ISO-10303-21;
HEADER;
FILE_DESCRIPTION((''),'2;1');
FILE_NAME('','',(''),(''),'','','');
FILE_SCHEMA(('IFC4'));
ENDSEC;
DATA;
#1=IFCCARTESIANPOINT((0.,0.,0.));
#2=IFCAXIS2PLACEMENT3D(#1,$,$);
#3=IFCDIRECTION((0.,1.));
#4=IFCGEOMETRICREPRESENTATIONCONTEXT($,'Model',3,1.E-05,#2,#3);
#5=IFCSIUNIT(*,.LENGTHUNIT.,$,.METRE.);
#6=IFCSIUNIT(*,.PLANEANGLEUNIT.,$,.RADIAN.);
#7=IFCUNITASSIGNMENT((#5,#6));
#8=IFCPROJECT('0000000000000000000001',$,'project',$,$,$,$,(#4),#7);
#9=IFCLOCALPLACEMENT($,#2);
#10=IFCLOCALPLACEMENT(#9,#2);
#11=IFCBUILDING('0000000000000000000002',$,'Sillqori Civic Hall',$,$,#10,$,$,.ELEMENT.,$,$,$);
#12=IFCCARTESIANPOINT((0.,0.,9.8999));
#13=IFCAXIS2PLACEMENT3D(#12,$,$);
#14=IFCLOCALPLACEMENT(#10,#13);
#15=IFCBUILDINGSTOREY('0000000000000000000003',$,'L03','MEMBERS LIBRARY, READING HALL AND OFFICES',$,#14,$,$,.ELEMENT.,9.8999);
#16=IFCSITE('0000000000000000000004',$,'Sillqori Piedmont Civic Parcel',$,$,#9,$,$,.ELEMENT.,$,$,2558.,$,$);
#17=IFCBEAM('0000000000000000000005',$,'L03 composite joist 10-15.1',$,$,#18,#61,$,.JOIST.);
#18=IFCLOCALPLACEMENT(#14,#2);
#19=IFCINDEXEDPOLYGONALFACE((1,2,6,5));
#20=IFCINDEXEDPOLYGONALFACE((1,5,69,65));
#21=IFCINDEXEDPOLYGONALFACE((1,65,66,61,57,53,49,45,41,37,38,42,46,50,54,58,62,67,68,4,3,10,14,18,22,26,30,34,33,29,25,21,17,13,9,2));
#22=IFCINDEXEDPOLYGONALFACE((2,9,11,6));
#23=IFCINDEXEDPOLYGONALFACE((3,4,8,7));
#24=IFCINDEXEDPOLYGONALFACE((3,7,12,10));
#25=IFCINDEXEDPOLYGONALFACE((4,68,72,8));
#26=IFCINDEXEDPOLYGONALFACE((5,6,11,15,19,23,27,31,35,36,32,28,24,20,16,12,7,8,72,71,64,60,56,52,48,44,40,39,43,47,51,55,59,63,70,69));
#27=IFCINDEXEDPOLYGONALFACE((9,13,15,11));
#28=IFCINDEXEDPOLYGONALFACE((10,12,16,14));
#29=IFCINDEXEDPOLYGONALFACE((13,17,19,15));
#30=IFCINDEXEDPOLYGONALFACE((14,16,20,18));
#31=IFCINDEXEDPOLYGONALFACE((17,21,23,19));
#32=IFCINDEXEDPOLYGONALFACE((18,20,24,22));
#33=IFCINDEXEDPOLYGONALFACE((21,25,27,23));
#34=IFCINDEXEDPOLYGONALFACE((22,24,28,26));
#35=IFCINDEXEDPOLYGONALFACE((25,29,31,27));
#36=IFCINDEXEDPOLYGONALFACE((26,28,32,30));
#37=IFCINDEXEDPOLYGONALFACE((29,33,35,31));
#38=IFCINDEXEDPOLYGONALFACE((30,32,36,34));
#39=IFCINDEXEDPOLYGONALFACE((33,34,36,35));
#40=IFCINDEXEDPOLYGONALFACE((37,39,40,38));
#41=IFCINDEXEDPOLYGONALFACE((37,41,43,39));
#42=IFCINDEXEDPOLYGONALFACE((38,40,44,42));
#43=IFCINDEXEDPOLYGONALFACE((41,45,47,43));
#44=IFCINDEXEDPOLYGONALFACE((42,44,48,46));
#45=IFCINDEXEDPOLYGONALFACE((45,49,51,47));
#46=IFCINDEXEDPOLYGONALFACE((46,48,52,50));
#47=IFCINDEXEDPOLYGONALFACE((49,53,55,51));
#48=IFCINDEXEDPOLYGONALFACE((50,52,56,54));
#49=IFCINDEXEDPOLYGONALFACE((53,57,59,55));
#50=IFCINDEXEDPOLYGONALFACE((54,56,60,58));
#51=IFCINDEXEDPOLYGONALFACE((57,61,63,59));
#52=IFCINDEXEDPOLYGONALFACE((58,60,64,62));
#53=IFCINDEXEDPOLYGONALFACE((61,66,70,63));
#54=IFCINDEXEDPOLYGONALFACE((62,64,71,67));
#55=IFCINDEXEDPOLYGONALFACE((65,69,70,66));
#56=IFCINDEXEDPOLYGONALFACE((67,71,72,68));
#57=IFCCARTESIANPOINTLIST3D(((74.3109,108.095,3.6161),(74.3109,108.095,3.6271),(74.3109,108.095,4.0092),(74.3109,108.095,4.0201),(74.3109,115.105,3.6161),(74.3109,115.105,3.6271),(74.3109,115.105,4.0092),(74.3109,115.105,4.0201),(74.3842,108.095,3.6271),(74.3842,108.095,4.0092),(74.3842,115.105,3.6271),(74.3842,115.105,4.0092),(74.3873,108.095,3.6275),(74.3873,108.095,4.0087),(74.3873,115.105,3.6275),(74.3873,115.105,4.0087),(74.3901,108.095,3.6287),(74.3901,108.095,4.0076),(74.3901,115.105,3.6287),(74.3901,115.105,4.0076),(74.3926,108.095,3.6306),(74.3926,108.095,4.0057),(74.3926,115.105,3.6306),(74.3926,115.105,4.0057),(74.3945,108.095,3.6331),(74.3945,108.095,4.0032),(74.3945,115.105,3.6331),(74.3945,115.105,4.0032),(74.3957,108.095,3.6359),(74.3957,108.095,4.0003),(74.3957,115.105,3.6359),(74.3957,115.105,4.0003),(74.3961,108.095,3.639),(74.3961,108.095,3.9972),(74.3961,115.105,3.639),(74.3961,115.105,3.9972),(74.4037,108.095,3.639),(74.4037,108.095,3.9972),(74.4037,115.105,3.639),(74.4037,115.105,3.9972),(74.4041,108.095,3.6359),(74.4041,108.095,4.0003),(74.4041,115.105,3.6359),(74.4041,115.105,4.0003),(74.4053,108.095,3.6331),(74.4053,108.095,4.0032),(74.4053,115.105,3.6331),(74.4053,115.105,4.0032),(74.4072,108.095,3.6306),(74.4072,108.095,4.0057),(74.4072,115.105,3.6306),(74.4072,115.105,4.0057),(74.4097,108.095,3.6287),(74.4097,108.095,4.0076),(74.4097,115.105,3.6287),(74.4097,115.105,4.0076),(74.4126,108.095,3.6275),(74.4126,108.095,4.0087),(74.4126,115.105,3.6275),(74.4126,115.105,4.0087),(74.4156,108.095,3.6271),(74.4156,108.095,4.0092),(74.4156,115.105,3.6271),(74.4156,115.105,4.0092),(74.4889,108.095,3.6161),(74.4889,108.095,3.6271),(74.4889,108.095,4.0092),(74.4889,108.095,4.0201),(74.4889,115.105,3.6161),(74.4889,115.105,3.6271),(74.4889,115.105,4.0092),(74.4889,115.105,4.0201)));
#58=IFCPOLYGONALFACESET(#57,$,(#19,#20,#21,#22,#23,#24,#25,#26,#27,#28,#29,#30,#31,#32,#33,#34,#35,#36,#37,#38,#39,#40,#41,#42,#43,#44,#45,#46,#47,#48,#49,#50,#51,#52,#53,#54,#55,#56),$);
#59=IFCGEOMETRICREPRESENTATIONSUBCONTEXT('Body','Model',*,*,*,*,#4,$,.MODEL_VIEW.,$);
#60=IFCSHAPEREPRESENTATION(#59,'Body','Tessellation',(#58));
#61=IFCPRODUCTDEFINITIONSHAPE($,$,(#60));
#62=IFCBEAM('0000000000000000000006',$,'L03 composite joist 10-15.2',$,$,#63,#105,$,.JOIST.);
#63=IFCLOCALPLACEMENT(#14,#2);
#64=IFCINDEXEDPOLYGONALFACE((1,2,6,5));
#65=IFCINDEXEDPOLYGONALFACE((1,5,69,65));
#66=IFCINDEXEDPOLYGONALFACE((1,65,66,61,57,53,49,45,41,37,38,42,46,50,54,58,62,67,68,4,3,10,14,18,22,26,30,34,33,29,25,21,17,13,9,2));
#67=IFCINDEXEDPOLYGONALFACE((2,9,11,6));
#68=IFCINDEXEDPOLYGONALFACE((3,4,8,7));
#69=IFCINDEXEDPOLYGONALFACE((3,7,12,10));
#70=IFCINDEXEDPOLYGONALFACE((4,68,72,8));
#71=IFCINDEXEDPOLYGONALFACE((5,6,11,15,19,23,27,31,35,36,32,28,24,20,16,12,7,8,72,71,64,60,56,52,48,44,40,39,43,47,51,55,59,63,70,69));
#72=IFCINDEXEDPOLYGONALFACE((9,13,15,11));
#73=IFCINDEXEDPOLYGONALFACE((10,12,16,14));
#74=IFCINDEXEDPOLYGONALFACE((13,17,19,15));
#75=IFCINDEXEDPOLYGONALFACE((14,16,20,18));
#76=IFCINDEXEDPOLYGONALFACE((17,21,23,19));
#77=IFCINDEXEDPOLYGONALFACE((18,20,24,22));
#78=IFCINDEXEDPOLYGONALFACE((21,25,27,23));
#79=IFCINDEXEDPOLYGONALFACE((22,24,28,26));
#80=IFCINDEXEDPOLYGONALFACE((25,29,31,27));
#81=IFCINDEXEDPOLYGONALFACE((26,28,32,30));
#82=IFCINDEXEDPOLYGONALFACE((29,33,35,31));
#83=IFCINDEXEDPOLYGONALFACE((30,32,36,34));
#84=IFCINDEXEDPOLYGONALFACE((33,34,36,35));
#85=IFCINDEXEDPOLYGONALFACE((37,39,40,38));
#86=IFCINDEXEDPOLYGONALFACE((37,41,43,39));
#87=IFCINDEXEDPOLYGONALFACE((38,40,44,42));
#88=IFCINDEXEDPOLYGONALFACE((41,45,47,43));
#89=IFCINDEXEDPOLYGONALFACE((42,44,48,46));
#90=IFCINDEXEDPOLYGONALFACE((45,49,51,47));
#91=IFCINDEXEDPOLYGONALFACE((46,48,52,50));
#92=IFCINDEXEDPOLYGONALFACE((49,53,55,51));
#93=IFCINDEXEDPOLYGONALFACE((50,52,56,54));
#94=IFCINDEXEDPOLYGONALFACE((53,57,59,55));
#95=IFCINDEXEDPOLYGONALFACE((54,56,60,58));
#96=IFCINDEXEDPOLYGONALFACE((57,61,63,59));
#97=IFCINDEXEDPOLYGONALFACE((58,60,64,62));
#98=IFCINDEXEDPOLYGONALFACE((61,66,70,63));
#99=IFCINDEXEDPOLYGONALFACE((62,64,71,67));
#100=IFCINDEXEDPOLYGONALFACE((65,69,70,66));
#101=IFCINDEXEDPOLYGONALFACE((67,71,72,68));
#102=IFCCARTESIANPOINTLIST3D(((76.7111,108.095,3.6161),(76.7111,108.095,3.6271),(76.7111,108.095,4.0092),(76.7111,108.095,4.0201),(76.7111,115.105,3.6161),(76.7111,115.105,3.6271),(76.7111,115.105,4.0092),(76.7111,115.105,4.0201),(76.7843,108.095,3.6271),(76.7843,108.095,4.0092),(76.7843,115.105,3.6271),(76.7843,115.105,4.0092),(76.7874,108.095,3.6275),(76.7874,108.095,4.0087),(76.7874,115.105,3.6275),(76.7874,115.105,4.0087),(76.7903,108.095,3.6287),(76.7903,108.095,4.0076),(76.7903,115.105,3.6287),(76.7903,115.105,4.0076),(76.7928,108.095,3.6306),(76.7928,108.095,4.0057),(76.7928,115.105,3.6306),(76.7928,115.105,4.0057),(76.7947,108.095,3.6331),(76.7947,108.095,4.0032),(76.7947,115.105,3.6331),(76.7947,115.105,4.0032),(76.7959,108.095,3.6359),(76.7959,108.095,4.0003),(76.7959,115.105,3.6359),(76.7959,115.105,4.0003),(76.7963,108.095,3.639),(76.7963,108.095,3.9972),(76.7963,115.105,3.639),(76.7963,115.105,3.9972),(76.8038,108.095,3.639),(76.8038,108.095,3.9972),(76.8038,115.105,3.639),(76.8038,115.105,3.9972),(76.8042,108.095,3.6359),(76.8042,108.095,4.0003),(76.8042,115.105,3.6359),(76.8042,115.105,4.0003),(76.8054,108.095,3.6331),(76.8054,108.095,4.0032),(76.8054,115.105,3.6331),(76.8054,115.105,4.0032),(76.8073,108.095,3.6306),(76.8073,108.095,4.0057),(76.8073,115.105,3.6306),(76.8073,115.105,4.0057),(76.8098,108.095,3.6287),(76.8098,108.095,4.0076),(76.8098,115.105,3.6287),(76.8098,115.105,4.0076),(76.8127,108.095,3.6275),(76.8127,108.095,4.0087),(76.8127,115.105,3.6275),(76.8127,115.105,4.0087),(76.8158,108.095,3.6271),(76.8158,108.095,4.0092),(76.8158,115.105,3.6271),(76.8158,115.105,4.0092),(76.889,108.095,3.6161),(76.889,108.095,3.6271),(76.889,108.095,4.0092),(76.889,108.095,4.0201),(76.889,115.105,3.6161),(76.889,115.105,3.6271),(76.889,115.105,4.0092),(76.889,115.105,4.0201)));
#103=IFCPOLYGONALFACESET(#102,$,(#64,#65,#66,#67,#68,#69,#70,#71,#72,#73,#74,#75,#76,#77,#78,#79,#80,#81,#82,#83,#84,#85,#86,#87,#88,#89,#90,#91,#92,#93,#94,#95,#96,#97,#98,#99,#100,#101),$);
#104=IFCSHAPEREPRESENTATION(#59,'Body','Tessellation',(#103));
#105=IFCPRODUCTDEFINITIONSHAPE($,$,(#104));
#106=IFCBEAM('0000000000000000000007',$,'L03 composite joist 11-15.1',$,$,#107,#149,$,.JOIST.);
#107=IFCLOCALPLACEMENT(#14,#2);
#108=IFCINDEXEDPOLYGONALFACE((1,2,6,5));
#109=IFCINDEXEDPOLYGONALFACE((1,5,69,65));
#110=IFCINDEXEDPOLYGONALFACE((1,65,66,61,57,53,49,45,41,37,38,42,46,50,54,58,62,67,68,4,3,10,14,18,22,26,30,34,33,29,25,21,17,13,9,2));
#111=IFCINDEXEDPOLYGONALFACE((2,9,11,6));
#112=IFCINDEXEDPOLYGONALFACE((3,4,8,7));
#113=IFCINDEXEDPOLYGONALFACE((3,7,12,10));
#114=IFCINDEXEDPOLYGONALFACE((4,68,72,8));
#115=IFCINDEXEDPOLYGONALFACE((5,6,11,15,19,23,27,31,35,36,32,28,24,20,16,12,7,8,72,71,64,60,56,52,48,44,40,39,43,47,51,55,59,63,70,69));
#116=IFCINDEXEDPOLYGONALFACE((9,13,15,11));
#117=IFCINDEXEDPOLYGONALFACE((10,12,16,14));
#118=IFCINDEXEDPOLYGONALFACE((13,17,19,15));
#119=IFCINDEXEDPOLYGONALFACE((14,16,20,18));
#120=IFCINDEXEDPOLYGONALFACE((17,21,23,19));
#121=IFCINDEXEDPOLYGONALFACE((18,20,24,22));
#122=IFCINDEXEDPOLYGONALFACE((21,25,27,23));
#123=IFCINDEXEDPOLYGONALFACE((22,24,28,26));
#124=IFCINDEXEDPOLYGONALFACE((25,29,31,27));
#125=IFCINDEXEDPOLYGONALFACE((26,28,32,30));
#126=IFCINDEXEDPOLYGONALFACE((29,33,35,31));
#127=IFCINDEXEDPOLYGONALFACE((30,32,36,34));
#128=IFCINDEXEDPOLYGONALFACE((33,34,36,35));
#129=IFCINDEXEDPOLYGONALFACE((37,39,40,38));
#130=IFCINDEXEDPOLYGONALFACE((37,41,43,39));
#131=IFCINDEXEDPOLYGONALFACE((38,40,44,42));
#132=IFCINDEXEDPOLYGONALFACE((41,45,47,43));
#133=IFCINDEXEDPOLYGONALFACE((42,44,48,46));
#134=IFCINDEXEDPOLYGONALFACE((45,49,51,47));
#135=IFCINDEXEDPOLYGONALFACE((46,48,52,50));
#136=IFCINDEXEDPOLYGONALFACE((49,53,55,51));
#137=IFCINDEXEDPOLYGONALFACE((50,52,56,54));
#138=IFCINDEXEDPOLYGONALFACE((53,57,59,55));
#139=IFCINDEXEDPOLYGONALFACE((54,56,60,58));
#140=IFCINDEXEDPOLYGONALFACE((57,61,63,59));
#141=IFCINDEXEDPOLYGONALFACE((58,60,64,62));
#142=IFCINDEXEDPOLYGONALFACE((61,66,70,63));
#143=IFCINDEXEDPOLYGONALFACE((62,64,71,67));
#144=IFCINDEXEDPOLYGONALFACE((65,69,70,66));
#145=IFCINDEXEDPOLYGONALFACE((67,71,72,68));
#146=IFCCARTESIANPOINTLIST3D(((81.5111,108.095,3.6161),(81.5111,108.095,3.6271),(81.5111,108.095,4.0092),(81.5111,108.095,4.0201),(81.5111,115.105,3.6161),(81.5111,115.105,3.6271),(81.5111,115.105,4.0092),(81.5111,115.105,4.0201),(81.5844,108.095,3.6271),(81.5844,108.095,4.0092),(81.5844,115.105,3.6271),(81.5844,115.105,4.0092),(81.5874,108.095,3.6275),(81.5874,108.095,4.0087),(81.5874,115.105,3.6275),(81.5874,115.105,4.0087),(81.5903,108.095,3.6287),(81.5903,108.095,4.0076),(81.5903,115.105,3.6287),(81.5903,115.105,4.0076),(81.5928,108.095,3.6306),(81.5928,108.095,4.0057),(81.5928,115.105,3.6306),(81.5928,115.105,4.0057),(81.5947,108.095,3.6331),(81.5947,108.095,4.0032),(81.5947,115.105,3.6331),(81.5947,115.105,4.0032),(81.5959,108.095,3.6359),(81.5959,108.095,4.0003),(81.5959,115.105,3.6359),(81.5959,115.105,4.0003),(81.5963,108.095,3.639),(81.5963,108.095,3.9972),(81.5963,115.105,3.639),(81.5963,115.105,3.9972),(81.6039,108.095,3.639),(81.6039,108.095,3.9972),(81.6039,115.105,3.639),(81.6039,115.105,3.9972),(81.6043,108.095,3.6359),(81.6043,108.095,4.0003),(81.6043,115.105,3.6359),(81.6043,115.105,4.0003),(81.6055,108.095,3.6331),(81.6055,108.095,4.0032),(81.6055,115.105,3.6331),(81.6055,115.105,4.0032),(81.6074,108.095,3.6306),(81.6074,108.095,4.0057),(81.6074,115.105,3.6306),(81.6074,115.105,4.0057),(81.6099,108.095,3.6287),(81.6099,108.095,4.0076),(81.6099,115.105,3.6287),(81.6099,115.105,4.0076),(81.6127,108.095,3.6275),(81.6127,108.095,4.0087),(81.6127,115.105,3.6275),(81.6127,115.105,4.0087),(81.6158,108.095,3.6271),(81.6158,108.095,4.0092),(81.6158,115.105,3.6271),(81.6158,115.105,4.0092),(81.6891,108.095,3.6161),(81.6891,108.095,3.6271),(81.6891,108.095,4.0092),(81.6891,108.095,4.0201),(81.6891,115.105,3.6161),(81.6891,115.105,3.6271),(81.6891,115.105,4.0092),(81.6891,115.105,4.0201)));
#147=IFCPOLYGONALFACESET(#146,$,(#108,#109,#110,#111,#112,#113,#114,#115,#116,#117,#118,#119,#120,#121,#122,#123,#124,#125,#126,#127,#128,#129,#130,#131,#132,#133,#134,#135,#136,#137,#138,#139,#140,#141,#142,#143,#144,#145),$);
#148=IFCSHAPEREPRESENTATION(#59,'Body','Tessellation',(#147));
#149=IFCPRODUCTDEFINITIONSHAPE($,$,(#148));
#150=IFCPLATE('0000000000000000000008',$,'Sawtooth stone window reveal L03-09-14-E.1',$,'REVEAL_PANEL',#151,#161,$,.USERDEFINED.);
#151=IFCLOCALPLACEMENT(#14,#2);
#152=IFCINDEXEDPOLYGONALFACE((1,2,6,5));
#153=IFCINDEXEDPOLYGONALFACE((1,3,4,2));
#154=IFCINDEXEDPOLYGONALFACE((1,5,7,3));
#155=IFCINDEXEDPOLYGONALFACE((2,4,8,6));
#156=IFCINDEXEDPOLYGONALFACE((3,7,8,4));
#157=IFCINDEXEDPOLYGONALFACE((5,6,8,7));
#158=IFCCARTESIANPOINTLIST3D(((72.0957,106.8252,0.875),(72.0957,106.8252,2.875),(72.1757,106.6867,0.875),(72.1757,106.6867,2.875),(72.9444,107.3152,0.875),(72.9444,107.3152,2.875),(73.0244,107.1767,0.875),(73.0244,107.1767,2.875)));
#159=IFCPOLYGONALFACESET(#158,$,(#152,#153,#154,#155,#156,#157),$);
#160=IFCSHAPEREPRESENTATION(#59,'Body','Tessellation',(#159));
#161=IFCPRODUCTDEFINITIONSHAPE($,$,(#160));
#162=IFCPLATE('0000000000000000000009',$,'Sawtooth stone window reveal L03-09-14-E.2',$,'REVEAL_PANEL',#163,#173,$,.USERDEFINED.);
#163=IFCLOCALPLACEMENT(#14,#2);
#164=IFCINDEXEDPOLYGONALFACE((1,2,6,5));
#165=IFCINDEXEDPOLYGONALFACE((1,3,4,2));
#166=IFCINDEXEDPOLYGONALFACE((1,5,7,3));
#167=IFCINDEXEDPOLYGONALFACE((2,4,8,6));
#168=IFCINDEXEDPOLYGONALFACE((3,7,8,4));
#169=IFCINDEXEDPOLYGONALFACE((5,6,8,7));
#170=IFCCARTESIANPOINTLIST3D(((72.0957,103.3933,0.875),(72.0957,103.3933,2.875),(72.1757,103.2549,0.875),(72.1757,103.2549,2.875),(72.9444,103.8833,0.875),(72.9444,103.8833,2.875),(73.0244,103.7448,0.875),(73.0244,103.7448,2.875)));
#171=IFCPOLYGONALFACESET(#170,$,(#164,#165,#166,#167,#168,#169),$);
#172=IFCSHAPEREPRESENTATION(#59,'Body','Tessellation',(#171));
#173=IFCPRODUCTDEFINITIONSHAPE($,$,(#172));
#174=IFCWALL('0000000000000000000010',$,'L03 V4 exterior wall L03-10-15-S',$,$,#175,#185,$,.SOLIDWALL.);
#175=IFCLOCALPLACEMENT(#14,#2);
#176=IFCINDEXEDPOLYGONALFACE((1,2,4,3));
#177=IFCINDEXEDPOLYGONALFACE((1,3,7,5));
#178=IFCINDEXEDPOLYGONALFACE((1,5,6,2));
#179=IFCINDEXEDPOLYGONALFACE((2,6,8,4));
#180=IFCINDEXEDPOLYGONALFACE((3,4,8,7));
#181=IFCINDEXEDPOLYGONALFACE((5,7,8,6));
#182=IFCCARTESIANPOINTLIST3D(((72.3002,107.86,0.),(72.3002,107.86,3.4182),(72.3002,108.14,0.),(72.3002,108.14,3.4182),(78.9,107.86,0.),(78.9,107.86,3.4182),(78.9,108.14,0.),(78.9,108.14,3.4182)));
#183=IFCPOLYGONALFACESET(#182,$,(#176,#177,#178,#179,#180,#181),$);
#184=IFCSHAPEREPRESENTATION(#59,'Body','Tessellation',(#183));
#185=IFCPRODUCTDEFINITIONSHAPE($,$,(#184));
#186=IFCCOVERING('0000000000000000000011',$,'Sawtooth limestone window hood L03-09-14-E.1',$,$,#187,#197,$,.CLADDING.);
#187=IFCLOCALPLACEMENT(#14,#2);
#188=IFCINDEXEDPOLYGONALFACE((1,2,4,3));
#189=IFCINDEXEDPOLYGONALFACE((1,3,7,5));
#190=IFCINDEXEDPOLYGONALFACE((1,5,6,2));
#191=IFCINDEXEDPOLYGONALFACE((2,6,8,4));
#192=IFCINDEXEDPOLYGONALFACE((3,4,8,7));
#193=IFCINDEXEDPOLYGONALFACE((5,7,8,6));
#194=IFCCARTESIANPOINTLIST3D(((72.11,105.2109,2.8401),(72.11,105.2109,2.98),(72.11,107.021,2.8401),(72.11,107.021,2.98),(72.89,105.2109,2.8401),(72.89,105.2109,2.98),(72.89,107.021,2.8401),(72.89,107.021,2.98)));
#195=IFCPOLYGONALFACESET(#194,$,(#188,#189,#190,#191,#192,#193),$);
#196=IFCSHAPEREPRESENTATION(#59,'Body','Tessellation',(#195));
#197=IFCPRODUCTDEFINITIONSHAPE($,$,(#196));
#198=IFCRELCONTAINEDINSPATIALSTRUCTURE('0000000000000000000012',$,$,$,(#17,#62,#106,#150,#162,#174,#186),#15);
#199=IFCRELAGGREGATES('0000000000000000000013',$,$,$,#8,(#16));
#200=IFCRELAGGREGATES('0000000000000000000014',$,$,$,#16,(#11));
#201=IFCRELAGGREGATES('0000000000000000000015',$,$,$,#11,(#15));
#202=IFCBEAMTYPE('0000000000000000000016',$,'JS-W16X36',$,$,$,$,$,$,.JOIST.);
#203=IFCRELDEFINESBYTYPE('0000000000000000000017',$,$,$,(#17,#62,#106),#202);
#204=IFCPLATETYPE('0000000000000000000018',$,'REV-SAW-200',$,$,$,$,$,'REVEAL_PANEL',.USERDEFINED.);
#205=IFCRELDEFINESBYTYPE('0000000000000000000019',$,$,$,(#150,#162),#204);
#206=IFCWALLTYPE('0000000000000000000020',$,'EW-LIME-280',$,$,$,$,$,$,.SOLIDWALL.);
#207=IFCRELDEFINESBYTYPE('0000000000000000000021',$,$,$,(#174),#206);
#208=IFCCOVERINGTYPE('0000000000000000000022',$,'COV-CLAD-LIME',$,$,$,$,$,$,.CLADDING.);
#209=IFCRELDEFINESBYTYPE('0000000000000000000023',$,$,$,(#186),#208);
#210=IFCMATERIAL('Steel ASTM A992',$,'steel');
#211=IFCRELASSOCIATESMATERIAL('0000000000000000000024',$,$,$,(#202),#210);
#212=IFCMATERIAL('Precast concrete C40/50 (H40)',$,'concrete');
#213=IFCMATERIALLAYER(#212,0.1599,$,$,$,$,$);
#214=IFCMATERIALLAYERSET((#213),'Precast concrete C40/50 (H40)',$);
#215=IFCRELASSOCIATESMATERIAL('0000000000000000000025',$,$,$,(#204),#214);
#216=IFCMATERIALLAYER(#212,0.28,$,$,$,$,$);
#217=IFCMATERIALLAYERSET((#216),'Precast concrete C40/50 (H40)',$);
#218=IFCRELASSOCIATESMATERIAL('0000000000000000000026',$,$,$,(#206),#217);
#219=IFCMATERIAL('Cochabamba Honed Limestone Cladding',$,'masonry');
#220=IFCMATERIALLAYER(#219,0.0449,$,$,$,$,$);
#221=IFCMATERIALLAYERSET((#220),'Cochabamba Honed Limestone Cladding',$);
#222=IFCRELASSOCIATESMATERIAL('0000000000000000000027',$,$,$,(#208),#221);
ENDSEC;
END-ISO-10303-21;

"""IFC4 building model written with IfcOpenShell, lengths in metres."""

from ifc_helpers import new_model, si_unit, direction, frame, frame_2d, origin, origin_2d, place, context, subcontext, project, spatial, rectangle, i_section, extrude, material, layer, layer_set, material_profile, profile_set, type_object, element, save


model = new_model("IFC4")

# Units and contexts
model_context = context("Model", 3, precision=1e-05, world=origin(), true_north=direction((0.0, 1.0)))
body_context = subcontext(model_context, "Body", "Model", "MODEL_VIEW")
ifc_project = project(units=[si_unit("LENGTHUNIT", "METRE"), si_unit("PLANEANGLEUNIT", "RADIAN")], contexts=[model_context])

# Site, building, storey
site_placement = place(None, origin())
site = spatial("IfcSite", under=ifc_project, at=site_placement, Name="Sillqori Piedmont Civic Parcel", CompositionType="ELEMENT", RefElevation=2558.0)
building_placement = place(site_placement, origin())
building = spatial("IfcBuilding", under=site, at=building_placement, Name="Sillqori Civic Hall", CompositionType="ELEMENT")
storey_placement = place(building_placement, frame((0.0, 0.0, 9.8999)))
storey = spatial("IfcBuildingStorey", under=building, at=storey_placement, Name="L03", Description="MEMBERS LIBRARY, READING HALL AND OFFICES", CompositionType="ELEMENT", Elevation=9.8999)

# Beams
ifc_material_1 = material(Name="Steel ASTM A992", Category="steel")
ifc_material_profile_1 = material_profile(ifc_material_1, i_section(OverallWidth=0.178, OverallDepth=0.4041, WebThickness=0.0076, FlangeThickness=0.011, FilletRadius=0.012, at=origin_2d()), Name="W16X36")
ifc_profile_set_1 = profile_set([ifc_material_profile_1], Name="Steel ASTM A992")
beam_type_1 = type_object("IfcBeamType", Name="JS-W16X36", PredefinedType="JOIST", material=ifc_profile_set_1)
for number, where, z_axis, x_axis, name in (
    (1, (74.3999, 108.095, 3.8181), (0.0, 1.0, 0.0), (-1.0, 0.0, 0.0), "L03 composite joist 10-15.1"),
    (2, (76.8, 108.095, 3.8181), (0.0, 1.0, 0.0), (-1.0, 0.0, 0.0), "L03 composite joist 10-15.2"),
    (3, (81.6001, 108.095, 3.8181), (0.0, 1.0, 0.0), (-1.0, 0.0, 0.0), "L03 composite joist 11-15.1"),
):
    element("IfcBeam", number, at=place(storey_placement, frame(where, z_axis=z_axis, x_axis=x_axis)), inside=storey, type_object=beam_type_1, Name=name, PredefinedType="JOIST", context=body_context, shape_type="SweptSolid", body=[
        extrude(i_section(OverallWidth=0.178, OverallDepth=0.4041, WebThickness=0.0076, FlangeThickness=0.011, FilletRadius=0.012, at=origin_2d()), origin(), (0.0, 0.0, 1.0), 7.01),
    ])

# Plates
ifc_material_2 = material(Name="Precast concrete C40/50 (H40)", Category="concrete")
ifc_layer_1 = layer(ifc_material_2, 0.1599)
ifc_layer_set_1 = layer_set([ifc_layer_1], Name="Precast concrete C40/50 (H40)")
plate_type = type_object("IfcPlateType", Name="REV-SAW-200", ElementType="REVEAL_PANEL", PredefinedType="USERDEFINED", material=ifc_layer_set_1)
for number, where, z_axis, x_axis, name in (
    (4, (72.5601, 107.001, 0.875), (0.0, 0.0, 1.0), (0.5, -0.866025, 0.0), "Sawtooth stone window reveal L03-09-14-E.1"),
    (5, (72.5601, 103.5691, 0.875), (0.0, 0.0, 1.0), (0.5, -0.866025, 0.0), "Sawtooth stone window reveal L03-09-14-E.2"),
):
    element("IfcPlate", number, at=place(storey_placement, frame(where, z_axis=z_axis, x_axis=x_axis)), inside=storey, type_object=plate_type, Name=name, ObjectType="REVEAL_PANEL", PredefinedType="USERDEFINED", context=body_context, shape_type="SweptSolid", body=[
        extrude(rectangle(XDim=0.1599, YDim=0.98, at=origin_2d()), origin(), (0.0, 0.0, 1.0), 2.0),
    ])

# Wall
ifc_layer_2 = layer(ifc_material_2, 0.28)
ifc_layer_set_2 = layer_set([ifc_layer_2], Name="Precast concrete C40/50 (H40)")
wall_type = type_object("IfcWallType", Name="EW-LIME-280", PredefinedType="SOLIDWALL", material=ifc_layer_set_2)
wall_placement = place(storey_placement, frame((78.8999, 108.0, 0.0), z_axis=(0.0, 0.0, 1.0), x_axis=(-1.0, 0.0, 0.0)))
element("IfcWall", 6, at=wall_placement, inside=storey, type_object=wall_type, Name="L03 V4 exterior wall L03-10-15-S", PredefinedType="SOLIDWALL", context=body_context, shape_type="SweptSolid", body=[
    extrude(rectangle(XDim=6.5999, YDim=0.28, at=frame_2d((3.2998, 0.0))), origin(), (0.0, 0.0, 1.0), 3.4182),
])

# Covering
ifc_material_3 = material(Name="Cochabamba Honed Limestone Cladding", Category="masonry")
ifc_layer_3 = layer(ifc_material_3, 0.0449)
ifc_layer_set_3 = layer_set([ifc_layer_3], Name="Cochabamba Honed Limestone Cladding")
covering_type = type_object("IfcCoveringType", Name="COV-CLAD-LIME", PredefinedType="CLADDING", material=ifc_layer_set_3)
covering_1_placement = place(storey_placement, frame((72.5, 107.021, 2.8401), z_axis=(0.0, 0.0, 1.0), x_axis=(0.0, -1.0, 0.0)))
element("IfcCovering", 7, at=covering_1_placement, inside=storey, type_object=covering_type, Name="Sawtooth limestone window hood L03-09-14-E.1", PredefinedType="CLADDING", context=body_context, shape_type="SweptSolid", body=[
    extrude(rectangle(XDim=1.8101, YDim=0.78, at=frame_2d((0.905, 0.0))), origin(), (0.0, 0.0, 1.0), 0.1399),
])

save(model, "model.ifc")
